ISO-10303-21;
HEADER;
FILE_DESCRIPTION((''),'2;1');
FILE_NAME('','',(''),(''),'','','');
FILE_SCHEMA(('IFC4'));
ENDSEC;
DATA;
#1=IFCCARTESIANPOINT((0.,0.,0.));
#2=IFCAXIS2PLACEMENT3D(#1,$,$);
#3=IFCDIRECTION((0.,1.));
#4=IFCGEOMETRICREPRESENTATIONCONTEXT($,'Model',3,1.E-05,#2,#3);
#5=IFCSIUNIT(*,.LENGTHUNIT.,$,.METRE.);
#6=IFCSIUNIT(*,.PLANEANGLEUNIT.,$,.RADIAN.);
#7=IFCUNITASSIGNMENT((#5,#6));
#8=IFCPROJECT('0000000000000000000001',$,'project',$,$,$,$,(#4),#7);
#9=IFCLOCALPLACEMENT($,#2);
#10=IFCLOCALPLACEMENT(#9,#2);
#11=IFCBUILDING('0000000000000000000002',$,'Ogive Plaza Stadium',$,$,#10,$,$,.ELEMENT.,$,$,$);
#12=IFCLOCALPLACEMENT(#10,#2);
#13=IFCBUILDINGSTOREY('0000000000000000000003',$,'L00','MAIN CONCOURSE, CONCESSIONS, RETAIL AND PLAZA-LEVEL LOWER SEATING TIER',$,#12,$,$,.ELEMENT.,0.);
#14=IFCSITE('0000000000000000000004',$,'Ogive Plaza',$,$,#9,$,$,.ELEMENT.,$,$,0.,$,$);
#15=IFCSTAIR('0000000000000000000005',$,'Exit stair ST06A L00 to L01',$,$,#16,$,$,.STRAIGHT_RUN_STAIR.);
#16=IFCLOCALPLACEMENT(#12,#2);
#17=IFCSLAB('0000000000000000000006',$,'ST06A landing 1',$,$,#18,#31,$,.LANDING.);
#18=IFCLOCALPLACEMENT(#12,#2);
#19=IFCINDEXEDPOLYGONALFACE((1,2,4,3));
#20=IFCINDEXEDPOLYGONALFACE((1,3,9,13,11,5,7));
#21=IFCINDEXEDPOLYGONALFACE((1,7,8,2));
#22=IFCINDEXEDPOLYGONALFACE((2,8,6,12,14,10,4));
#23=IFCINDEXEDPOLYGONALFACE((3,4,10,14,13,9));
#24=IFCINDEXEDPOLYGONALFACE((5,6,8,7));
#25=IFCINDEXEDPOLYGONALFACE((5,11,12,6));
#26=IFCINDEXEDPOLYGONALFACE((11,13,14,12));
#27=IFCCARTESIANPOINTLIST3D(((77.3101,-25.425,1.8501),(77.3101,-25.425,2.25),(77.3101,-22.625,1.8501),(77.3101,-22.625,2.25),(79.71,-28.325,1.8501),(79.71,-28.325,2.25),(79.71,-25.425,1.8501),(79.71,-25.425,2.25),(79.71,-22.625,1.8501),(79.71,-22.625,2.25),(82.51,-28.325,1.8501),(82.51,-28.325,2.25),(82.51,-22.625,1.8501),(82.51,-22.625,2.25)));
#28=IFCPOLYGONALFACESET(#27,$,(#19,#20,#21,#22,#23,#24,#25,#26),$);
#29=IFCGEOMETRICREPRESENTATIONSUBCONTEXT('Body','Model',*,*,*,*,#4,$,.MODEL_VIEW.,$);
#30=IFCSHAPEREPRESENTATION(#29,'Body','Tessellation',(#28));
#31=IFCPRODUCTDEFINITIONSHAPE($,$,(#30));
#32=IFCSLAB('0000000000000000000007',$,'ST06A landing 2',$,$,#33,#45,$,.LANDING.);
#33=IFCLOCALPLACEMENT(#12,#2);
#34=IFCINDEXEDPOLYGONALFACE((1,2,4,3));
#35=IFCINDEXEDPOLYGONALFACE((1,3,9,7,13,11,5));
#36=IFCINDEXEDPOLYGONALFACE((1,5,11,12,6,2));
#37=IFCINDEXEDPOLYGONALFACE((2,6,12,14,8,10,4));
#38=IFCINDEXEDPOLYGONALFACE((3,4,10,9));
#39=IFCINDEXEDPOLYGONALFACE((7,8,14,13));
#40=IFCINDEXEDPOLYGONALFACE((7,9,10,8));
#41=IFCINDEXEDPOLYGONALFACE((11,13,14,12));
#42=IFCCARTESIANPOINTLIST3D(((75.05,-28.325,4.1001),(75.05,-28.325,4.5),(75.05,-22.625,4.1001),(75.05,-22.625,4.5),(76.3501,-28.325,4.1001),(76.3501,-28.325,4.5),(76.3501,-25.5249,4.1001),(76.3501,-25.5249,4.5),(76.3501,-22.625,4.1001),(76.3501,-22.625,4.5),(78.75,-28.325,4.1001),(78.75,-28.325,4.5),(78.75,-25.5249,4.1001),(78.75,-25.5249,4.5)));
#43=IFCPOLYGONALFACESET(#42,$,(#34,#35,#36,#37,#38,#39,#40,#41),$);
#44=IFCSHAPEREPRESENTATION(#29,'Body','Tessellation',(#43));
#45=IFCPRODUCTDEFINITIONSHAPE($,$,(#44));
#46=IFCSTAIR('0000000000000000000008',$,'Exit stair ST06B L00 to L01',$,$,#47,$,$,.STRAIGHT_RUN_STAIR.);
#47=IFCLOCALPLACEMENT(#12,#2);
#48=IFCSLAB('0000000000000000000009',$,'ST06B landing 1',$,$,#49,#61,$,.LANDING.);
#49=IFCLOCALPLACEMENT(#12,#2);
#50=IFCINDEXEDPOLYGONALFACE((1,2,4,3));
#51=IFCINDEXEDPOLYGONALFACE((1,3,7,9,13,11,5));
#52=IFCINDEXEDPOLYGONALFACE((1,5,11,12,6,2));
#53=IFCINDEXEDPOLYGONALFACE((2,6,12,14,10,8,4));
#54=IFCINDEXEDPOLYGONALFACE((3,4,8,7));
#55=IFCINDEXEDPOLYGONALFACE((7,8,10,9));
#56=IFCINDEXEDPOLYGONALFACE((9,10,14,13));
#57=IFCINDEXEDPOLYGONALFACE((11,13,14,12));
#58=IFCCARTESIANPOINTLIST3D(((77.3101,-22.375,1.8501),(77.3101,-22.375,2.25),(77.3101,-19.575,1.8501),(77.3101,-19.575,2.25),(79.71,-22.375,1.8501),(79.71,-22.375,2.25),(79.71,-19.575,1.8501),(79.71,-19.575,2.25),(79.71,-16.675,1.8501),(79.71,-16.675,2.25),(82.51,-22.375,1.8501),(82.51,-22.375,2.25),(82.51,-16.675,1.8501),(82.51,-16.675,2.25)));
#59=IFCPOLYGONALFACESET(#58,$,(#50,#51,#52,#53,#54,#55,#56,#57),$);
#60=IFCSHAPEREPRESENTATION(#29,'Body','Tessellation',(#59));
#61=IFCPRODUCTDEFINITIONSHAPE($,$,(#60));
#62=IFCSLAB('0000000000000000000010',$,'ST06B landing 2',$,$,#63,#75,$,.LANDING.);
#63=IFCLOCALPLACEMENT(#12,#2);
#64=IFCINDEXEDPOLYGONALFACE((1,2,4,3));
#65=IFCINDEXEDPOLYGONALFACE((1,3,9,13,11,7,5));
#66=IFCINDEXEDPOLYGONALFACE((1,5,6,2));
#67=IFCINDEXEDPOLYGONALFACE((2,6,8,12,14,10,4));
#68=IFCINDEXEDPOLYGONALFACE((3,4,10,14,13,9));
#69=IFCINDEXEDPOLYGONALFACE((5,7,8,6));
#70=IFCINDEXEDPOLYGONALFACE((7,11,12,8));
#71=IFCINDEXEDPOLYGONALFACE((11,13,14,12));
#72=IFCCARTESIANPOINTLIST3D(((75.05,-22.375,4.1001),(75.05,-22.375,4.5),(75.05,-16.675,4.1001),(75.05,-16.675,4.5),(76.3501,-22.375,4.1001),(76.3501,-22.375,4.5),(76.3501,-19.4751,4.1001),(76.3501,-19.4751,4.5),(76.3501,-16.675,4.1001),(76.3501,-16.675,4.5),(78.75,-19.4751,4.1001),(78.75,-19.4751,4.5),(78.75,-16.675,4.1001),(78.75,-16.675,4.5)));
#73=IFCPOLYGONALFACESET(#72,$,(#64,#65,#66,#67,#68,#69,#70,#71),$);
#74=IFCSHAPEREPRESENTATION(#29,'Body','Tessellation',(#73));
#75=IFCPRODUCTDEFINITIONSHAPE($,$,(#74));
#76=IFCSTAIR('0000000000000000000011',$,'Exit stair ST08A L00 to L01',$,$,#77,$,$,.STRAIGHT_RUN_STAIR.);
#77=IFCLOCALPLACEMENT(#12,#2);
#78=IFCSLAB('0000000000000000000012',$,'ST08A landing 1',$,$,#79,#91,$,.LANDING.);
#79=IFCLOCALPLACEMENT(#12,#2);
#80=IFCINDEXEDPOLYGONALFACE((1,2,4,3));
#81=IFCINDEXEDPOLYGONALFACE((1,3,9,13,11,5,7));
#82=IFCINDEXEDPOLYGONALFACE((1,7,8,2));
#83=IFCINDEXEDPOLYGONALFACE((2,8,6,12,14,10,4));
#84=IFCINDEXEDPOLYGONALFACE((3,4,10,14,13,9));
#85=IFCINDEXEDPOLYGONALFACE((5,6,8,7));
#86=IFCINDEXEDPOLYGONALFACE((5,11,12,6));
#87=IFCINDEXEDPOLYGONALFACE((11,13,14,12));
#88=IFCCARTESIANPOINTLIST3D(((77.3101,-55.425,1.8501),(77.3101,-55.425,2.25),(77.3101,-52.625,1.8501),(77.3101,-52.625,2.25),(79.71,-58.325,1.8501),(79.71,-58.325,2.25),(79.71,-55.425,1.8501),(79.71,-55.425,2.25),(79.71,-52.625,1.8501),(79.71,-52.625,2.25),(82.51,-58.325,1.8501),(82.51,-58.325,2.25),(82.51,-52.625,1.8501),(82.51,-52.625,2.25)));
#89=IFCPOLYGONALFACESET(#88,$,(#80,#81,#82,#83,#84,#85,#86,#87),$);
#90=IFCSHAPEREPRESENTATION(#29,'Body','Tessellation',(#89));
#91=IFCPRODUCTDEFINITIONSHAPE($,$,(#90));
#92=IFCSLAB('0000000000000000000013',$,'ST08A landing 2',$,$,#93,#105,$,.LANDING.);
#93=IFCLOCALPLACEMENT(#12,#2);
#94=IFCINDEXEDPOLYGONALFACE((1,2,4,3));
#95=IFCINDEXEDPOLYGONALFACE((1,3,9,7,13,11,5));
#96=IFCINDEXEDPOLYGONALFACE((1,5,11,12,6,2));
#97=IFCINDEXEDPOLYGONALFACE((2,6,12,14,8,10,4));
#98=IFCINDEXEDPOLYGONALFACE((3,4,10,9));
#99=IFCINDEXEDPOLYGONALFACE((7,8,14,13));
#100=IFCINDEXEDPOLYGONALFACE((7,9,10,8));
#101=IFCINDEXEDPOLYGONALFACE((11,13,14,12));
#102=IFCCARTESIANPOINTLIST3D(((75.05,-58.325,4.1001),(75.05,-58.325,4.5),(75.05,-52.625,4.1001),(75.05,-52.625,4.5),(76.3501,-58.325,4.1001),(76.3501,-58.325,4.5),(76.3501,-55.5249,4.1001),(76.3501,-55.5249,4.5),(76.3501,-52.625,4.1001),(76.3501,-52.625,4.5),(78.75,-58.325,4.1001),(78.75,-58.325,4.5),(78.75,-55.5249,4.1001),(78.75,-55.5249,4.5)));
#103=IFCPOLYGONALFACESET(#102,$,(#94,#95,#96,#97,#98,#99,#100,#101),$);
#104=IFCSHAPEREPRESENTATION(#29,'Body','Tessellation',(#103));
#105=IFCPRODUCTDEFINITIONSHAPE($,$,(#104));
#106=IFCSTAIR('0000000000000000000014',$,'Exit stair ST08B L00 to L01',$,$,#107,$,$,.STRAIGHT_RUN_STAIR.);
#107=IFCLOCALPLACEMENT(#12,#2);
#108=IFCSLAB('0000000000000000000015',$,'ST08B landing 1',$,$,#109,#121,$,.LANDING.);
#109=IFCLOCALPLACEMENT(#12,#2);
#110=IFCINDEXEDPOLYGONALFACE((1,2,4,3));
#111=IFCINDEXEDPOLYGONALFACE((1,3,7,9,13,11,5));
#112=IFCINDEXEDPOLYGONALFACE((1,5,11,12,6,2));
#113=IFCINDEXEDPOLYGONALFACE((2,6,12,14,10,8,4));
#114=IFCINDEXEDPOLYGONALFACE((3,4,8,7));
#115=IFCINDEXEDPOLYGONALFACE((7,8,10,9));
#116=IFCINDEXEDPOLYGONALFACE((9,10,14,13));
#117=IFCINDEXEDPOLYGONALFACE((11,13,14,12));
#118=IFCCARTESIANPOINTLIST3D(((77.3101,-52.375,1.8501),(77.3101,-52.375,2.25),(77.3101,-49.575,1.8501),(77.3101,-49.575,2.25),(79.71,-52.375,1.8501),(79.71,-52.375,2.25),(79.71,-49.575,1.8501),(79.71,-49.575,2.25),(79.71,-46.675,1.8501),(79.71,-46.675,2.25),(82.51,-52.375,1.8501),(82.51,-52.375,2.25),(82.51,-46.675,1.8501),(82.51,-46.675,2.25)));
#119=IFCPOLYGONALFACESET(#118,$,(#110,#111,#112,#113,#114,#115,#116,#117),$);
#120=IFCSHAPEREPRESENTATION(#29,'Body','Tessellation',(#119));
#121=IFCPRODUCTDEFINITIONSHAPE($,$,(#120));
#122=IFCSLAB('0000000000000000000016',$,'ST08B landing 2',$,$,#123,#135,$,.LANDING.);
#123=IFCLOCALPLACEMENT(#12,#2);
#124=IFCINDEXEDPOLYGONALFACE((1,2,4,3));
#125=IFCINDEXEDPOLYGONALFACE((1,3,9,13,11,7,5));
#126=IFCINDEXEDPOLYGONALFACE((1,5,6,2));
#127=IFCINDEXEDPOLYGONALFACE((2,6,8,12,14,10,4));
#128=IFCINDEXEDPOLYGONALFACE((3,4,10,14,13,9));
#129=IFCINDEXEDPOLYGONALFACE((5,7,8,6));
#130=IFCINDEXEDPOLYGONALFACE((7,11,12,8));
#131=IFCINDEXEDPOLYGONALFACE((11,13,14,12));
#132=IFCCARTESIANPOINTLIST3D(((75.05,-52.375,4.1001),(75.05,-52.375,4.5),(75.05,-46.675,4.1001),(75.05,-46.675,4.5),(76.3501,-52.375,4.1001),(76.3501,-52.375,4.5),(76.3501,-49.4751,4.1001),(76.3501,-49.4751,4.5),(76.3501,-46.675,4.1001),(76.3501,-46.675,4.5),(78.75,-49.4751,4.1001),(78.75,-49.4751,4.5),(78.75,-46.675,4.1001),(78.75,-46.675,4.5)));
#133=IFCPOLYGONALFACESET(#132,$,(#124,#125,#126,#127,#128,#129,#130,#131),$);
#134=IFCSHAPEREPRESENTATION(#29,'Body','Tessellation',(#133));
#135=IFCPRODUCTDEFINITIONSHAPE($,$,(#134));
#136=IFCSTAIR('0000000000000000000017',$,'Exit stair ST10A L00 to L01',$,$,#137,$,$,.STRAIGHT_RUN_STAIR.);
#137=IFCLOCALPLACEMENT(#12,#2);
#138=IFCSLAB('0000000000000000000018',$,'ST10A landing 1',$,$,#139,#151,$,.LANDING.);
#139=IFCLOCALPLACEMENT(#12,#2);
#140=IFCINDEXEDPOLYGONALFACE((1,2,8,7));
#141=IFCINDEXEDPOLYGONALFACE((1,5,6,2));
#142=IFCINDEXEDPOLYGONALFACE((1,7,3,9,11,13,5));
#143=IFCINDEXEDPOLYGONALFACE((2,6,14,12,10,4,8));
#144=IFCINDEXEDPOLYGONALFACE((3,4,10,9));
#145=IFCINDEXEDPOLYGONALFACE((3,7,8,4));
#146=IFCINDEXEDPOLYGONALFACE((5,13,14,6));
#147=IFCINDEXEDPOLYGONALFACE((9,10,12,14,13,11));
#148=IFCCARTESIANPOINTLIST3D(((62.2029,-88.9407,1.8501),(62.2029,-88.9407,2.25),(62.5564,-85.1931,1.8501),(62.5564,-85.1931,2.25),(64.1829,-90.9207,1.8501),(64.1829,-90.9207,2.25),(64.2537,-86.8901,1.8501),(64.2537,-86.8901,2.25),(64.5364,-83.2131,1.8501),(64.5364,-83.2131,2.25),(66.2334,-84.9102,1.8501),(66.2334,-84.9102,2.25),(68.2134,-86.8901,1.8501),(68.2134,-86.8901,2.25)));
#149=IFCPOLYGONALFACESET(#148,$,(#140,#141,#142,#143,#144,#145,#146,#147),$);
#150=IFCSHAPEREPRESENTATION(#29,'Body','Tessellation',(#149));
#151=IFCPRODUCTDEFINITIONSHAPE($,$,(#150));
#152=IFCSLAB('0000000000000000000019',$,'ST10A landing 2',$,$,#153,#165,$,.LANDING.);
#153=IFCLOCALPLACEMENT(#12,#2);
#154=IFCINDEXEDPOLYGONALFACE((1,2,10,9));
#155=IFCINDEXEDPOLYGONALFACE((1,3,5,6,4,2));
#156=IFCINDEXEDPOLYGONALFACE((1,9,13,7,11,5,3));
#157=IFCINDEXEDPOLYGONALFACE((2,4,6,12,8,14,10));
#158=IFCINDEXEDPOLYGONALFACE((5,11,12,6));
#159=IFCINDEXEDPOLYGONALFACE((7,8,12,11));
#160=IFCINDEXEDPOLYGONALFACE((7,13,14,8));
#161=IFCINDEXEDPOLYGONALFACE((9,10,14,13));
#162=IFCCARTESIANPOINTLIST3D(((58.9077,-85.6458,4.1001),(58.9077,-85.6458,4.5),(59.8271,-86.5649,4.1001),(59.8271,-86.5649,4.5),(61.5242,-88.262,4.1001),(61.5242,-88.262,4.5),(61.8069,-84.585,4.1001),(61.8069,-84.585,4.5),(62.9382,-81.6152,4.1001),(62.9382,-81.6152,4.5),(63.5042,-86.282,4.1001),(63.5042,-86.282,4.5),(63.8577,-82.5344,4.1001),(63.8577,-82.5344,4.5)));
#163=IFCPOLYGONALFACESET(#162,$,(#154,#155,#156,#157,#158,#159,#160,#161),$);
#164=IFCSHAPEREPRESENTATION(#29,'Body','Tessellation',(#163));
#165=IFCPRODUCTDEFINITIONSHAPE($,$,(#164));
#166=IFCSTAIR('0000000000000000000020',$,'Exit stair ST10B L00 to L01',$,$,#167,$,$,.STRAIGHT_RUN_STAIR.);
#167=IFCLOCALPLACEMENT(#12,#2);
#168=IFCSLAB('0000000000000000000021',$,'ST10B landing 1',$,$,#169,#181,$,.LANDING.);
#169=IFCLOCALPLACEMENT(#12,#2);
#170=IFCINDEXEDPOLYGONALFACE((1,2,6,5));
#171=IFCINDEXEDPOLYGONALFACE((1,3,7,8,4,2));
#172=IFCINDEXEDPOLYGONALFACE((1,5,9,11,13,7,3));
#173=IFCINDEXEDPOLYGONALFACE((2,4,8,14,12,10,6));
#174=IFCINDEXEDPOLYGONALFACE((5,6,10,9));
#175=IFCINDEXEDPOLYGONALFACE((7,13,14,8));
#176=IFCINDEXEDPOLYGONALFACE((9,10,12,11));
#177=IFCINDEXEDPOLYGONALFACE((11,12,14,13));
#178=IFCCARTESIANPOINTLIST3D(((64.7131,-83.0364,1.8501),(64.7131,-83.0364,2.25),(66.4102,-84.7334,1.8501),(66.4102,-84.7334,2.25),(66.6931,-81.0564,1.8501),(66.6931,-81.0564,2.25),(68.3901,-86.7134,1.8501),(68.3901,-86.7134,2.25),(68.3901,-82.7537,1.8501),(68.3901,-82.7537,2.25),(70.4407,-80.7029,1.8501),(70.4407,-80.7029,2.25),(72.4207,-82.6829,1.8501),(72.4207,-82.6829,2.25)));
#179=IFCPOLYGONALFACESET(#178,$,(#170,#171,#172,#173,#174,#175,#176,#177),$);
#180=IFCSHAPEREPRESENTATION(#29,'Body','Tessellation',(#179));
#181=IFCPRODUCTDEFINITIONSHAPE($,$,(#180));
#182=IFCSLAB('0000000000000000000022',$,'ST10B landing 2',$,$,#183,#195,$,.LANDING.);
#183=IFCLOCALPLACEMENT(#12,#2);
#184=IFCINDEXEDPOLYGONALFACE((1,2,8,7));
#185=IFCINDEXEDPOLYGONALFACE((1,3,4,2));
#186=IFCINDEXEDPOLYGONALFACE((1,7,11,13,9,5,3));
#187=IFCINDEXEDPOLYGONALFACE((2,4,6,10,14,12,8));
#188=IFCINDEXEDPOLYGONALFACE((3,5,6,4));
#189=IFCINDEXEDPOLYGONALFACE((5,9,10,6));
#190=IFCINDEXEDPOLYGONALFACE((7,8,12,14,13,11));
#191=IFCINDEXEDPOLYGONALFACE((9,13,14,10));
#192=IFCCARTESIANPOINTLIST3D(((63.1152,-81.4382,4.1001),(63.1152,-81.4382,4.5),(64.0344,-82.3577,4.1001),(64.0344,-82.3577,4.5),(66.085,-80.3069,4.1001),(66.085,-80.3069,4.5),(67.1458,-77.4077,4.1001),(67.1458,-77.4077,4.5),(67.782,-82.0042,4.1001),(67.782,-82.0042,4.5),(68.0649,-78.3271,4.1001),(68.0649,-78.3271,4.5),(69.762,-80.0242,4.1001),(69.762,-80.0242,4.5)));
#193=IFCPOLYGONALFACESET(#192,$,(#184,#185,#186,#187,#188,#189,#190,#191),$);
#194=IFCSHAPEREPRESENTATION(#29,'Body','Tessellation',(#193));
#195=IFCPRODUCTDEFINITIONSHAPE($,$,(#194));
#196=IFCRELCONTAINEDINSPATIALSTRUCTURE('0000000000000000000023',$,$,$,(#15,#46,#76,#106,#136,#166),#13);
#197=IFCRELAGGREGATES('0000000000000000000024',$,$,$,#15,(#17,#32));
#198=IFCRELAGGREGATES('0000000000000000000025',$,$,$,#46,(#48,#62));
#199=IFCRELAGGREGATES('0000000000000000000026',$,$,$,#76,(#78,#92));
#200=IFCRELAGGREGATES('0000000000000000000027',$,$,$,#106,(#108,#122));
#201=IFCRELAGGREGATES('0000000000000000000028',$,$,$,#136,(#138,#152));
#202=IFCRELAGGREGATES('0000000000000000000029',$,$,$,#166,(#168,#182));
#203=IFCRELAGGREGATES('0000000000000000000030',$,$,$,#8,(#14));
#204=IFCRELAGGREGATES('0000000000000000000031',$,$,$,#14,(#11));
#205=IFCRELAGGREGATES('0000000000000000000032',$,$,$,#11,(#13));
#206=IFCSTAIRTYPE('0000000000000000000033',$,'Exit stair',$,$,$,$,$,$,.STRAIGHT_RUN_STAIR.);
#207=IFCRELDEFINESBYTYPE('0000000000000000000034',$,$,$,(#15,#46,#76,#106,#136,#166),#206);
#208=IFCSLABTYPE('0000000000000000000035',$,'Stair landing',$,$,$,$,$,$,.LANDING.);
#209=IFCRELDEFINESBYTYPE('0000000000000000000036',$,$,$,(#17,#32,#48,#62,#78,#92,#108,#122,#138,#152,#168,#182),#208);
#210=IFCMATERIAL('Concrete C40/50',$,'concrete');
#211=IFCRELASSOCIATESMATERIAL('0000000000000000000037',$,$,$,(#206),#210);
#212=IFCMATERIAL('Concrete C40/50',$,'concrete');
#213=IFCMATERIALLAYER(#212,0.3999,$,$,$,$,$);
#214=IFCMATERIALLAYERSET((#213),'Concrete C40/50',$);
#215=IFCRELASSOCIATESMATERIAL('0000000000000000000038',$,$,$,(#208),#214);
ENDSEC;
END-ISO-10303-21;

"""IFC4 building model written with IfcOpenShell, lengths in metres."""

from ifc_helpers import new_model, si_unit, direction, frame, origin, place, context, subcontext, project, spatial, polyline, outline, extrude, material, layer, layer_set, type_object, element, aggregate, save


model = new_model("IFC4")

# Units and contexts
model_context = context("Model", 3, precision=1e-05, world=origin(), true_north=direction((0.0, 1.0)))
body_context = subcontext(model_context, "Body", "Model", "MODEL_VIEW")
ifc_project = project(units=[si_unit("LENGTHUNIT", "METRE"), si_unit("PLANEANGLEUNIT", "RADIAN")], contexts=[model_context])

# Site, building, storey
site_placement = place(None, origin())
site = spatial("IfcSite", under=ifc_project, at=site_placement, Name="Ogive Plaza", CompositionType="ELEMENT", RefElevation=0.0)
building_placement = place(site_placement, origin())
building = spatial("IfcBuilding", under=site, at=building_placement, Name="Ogive Plaza Stadium", CompositionType="ELEMENT")
storey_placement = place(building_placement, origin())
storey = spatial("IfcBuildingStorey", under=building, at=storey_placement, Name="L00", Description="MAIN CONCOURSE, CONCESSIONS, RETAIL AND PLAZA-LEVEL LOWER SEATING TIER", CompositionType="ELEMENT", Elevation=0.0)

# Stairs, slabs
ifc_material_1 = material(Name="Concrete C40/50", Category="concrete")
stair_type = type_object("IfcStairType", Name="Exit stair", PredefinedType="STRAIGHT_RUN_STAIR", material=ifc_material_1)
ifc_material_2 = material(Name="Concrete C40/50", Category="concrete")
ifc_layer_1 = layer(ifc_material_2, 0.3999)
ifc_layer_set_1 = layer_set([ifc_layer_1], Name="Concrete C40/50")
slab_type_1 = type_object("IfcSlabType", Name="Stair landing", PredefinedType="LANDING", material=ifc_layer_set_1)
stair_1_placement = place(storey_placement, origin())
stair_1 = element("IfcStair", 1, at=stair_1_placement, inside=storey, type_object=stair_type, Name="Exit stair ST06A L00 to L01", PredefinedType="STRAIGHT_RUN_STAIR")
slab_1_placement = place(storey_placement, frame((0.0, 0.0, 1.8501)))
slab_1 = element("IfcSlab", 2, at=slab_1_placement, type_object=slab_type_1, Name="ST06A landing 1", PredefinedType="LANDING", context=body_context, shape_type="SweptSolid", body=[
    extrude(outline(polyline([(82.51, -22.625), (82.51, -28.325), (79.71, -28.325), (79.71, -25.425), (77.3101, -25.425), (77.3101, -22.625), (79.71, -22.625), (82.51, -22.625)])), origin(), (0.0, 0.0, 1.0), 0.3999),
])
slab_2_placement = place(storey_placement, frame((0.0, 0.0, 4.1001)))
slab_2 = element("IfcSlab", 3, at=slab_2_placement, type_object=slab_type_1, Name="ST06A landing 2", PredefinedType="LANDING", context=body_context, shape_type="SweptSolid", body=[
    extrude(outline(polyline([(78.75, -25.5249), (78.75, -28.325), (76.3501, -28.325), (75.05, -28.325), (75.05, -22.625), (76.3501, -22.625), (76.3501, -25.5249), (78.75, -25.5249)])), origin(), (0.0, 0.0, 1.0), 0.3999),
])
aggregate(stair_1, [slab_1, slab_2])
stair_2_placement = place(storey_placement, origin())
stair_2 = element("IfcStair", 4, at=stair_2_placement, inside=storey, type_object=stair_type, Name="Exit stair ST06B L00 to L01", PredefinedType="STRAIGHT_RUN_STAIR")
slab_3_placement = place(storey_placement, frame((0.0, 0.0, 1.8501)))
slab_3 = element("IfcSlab", 5, at=slab_3_placement, type_object=slab_type_1, Name="ST06B landing 1", PredefinedType="LANDING", context=body_context, shape_type="SweptSolid", body=[
    extrude(outline(polyline([(77.3101, -22.375), (77.3101, -19.575), (79.71, -19.575), (79.71, -16.675), (82.51, -16.675), (82.51, -22.375), (79.71, -22.375), (77.3101, -22.375)])), origin(), (0.0, 0.0, 1.0), 0.3999),
])
slab_4_placement = place(storey_placement, frame((0.0, 0.0, 4.1001)))
slab_4 = element("IfcSlab", 6, at=slab_4_placement, type_object=slab_type_1, Name="ST06B landing 2", PredefinedType="LANDING", context=body_context, shape_type="SweptSolid", body=[
    extrude(outline(polyline([(76.3501, -22.375), (75.05, -22.375), (75.05, -16.675), (76.3501, -16.675), (78.75, -16.675), (78.75, -19.4751), (76.3501, -19.4751), (76.3501, -22.375)])), origin(), (0.0, 0.0, 1.0), 0.3999),
])
aggregate(stair_2, [slab_3, slab_4])
stair_3_placement = place(storey_placement, origin())
stair_3 = element("IfcStair", 7, at=stair_3_placement, inside=storey, type_object=stair_type, Name="Exit stair ST08A L00 to L01", PredefinedType="STRAIGHT_RUN_STAIR")
slab_5_placement = place(storey_placement, frame((0.0, 0.0, 1.8501)))
slab_5 = element("IfcSlab", 8, at=slab_5_placement, type_object=slab_type_1, Name="ST08A landing 1", PredefinedType="LANDING", context=body_context, shape_type="SweptSolid", body=[
    extrude(outline(polyline([(82.51, -52.625), (82.51, -58.325), (79.71, -58.325), (79.71, -55.425), (77.3101, -55.425), (77.3101, -52.625), (79.71, -52.625), (82.51, -52.625)])), origin(), (0.0, 0.0, 1.0), 0.3999),
])
slab_6_placement = place(storey_placement, frame((0.0, 0.0, 4.1001)))
slab_6 = element("IfcSlab", 9, at=slab_6_placement, type_object=slab_type_1, Name="ST08A landing 2", PredefinedType="LANDING", context=body_context, shape_type="SweptSolid", body=[
    extrude(outline(polyline([(78.75, -55.5249), (78.75, -58.325), (76.3501, -58.325), (75.05, -58.325), (75.05, -52.625), (76.3501, -52.625), (76.3501, -55.5249), (78.75, -55.5249)])), origin(), (0.0, 0.0, 1.0), 0.3999),
])
aggregate(stair_3, [slab_5, slab_6])
stair_4_placement = place(storey_placement, origin())
stair_4 = element("IfcStair", 10, at=stair_4_placement, inside=storey, type_object=stair_type, Name="Exit stair ST08B L00 to L01", PredefinedType="STRAIGHT_RUN_STAIR")
slab_7_placement = place(storey_placement, frame((0.0, 0.0, 1.8501)))
slab_7 = element("IfcSlab", 11, at=slab_7_placement, type_object=slab_type_1, Name="ST08B landing 1", PredefinedType="LANDING", context=body_context, shape_type="SweptSolid", body=[
    extrude(outline(polyline([(77.3101, -52.375), (77.3101, -49.575), (79.71, -49.575), (79.71, -46.675), (82.51, -46.675), (82.51, -52.375), (79.71, -52.375), (77.3101, -52.375)])), origin(), (0.0, 0.0, 1.0), 0.3999),
])
slab_8_placement = place(storey_placement, frame((0.0, 0.0, 4.1001)))
slab_8 = element("IfcSlab", 12, at=slab_8_placement, type_object=slab_type_1, Name="ST08B landing 2", PredefinedType="LANDING", context=body_context, shape_type="SweptSolid", body=[
    extrude(outline(polyline([(76.3501, -52.375), (75.05, -52.375), (75.05, -46.675), (76.3501, -46.675), (78.75, -46.675), (78.75, -49.4751), (76.3501, -49.4751), (76.3501, -52.375)])), origin(), (0.0, 0.0, 1.0), 0.3999),
])
aggregate(stair_4, [slab_7, slab_8])
stair_5_placement = place(storey_placement, origin())
stair_5 = element("IfcStair", 13, at=stair_5_placement, inside=storey, type_object=stair_type, Name="Exit stair ST10A L00 to L01", PredefinedType="STRAIGHT_RUN_STAIR")
slab_9_placement = place(storey_placement, frame((0.0, 0.0, 1.8501)))
slab_9 = element("IfcSlab", 14, at=slab_9_placement, type_object=slab_type_1, Name="ST10A landing 1", PredefinedType="LANDING", context=body_context, shape_type="SweptSolid", body=[
    extrude(outline(polyline([(68.2134, -86.8901), (64.1829, -90.9207), (62.2029, -88.9407), (64.2537, -86.8901), (62.5564, -85.1931), (64.5364, -83.2131), (66.2334, -84.9102), (68.2134, -86.8901)])), origin(), (0.0, 0.0, 1.0), 0.3999),
])
slab_10_placement = place(storey_placement, frame((0.0, 0.0, 4.1001)))
slab_10 = element("IfcSlab", 15, at=slab_10_placement, type_object=slab_type_1, Name="ST10A landing 2", PredefinedType="LANDING", context=body_context, shape_type="SweptSolid", body=[
    extrude(outline(polyline([(63.5042, -86.282), (61.5242, -88.262), (59.8271, -86.5649), (58.9077, -85.6458), (62.9382, -81.6152), (63.8577, -82.5344), (61.8069, -84.585), (63.5042, -86.282)])), origin(), (0.0, 0.0, 1.0), 0.3999),
])
aggregate(stair_5, [slab_9, slab_10])
stair_6_placement = place(storey_placement, origin())
stair_6 = element("IfcStair", 16, at=stair_6_placement, inside=storey, type_object=stair_type, Name="Exit stair ST10B L00 to L01", PredefinedType="STRAIGHT_RUN_STAIR")
slab_11_placement = place(storey_placement, frame((0.0, 0.0, 1.8501)))
slab_11 = element("IfcSlab", 17, at=slab_11_placement, type_object=slab_type_1, Name="ST10B landing 1", PredefinedType="LANDING", context=body_context, shape_type="SweptSolid", body=[
    extrude(outline(polyline([(64.7131, -83.0364), (66.6931, -81.0564), (68.3901, -82.7537), (70.4407, -80.7029), (72.4207, -82.6829), (68.3901, -86.7134), (66.4102, -84.7334), (64.7131, -83.0364)])), origin(), (0.0, 0.0, 1.0), 0.3999),
])
slab_12_placement = place(storey_placement, frame((0.0, 0.0, 4.1001)))
slab_12 = element("IfcSlab", 18, at=slab_12_placement, type_object=slab_type_1, Name="ST10B landing 2", PredefinedType="LANDING", context=body_context, shape_type="SweptSolid", body=[
    extrude(outline(polyline([(64.0344, -82.3577), (63.1152, -81.4382), (67.1458, -77.4077), (68.0649, -78.3271), (69.762, -80.0242), (67.782, -82.0042), (66.085, -80.3069), (64.0344, -82.3577)])), origin(), (0.0, 0.0, 1.0), 0.3999),
])
aggregate(stair_6, [slab_11, slab_12])

save(model, "model.ifc")
